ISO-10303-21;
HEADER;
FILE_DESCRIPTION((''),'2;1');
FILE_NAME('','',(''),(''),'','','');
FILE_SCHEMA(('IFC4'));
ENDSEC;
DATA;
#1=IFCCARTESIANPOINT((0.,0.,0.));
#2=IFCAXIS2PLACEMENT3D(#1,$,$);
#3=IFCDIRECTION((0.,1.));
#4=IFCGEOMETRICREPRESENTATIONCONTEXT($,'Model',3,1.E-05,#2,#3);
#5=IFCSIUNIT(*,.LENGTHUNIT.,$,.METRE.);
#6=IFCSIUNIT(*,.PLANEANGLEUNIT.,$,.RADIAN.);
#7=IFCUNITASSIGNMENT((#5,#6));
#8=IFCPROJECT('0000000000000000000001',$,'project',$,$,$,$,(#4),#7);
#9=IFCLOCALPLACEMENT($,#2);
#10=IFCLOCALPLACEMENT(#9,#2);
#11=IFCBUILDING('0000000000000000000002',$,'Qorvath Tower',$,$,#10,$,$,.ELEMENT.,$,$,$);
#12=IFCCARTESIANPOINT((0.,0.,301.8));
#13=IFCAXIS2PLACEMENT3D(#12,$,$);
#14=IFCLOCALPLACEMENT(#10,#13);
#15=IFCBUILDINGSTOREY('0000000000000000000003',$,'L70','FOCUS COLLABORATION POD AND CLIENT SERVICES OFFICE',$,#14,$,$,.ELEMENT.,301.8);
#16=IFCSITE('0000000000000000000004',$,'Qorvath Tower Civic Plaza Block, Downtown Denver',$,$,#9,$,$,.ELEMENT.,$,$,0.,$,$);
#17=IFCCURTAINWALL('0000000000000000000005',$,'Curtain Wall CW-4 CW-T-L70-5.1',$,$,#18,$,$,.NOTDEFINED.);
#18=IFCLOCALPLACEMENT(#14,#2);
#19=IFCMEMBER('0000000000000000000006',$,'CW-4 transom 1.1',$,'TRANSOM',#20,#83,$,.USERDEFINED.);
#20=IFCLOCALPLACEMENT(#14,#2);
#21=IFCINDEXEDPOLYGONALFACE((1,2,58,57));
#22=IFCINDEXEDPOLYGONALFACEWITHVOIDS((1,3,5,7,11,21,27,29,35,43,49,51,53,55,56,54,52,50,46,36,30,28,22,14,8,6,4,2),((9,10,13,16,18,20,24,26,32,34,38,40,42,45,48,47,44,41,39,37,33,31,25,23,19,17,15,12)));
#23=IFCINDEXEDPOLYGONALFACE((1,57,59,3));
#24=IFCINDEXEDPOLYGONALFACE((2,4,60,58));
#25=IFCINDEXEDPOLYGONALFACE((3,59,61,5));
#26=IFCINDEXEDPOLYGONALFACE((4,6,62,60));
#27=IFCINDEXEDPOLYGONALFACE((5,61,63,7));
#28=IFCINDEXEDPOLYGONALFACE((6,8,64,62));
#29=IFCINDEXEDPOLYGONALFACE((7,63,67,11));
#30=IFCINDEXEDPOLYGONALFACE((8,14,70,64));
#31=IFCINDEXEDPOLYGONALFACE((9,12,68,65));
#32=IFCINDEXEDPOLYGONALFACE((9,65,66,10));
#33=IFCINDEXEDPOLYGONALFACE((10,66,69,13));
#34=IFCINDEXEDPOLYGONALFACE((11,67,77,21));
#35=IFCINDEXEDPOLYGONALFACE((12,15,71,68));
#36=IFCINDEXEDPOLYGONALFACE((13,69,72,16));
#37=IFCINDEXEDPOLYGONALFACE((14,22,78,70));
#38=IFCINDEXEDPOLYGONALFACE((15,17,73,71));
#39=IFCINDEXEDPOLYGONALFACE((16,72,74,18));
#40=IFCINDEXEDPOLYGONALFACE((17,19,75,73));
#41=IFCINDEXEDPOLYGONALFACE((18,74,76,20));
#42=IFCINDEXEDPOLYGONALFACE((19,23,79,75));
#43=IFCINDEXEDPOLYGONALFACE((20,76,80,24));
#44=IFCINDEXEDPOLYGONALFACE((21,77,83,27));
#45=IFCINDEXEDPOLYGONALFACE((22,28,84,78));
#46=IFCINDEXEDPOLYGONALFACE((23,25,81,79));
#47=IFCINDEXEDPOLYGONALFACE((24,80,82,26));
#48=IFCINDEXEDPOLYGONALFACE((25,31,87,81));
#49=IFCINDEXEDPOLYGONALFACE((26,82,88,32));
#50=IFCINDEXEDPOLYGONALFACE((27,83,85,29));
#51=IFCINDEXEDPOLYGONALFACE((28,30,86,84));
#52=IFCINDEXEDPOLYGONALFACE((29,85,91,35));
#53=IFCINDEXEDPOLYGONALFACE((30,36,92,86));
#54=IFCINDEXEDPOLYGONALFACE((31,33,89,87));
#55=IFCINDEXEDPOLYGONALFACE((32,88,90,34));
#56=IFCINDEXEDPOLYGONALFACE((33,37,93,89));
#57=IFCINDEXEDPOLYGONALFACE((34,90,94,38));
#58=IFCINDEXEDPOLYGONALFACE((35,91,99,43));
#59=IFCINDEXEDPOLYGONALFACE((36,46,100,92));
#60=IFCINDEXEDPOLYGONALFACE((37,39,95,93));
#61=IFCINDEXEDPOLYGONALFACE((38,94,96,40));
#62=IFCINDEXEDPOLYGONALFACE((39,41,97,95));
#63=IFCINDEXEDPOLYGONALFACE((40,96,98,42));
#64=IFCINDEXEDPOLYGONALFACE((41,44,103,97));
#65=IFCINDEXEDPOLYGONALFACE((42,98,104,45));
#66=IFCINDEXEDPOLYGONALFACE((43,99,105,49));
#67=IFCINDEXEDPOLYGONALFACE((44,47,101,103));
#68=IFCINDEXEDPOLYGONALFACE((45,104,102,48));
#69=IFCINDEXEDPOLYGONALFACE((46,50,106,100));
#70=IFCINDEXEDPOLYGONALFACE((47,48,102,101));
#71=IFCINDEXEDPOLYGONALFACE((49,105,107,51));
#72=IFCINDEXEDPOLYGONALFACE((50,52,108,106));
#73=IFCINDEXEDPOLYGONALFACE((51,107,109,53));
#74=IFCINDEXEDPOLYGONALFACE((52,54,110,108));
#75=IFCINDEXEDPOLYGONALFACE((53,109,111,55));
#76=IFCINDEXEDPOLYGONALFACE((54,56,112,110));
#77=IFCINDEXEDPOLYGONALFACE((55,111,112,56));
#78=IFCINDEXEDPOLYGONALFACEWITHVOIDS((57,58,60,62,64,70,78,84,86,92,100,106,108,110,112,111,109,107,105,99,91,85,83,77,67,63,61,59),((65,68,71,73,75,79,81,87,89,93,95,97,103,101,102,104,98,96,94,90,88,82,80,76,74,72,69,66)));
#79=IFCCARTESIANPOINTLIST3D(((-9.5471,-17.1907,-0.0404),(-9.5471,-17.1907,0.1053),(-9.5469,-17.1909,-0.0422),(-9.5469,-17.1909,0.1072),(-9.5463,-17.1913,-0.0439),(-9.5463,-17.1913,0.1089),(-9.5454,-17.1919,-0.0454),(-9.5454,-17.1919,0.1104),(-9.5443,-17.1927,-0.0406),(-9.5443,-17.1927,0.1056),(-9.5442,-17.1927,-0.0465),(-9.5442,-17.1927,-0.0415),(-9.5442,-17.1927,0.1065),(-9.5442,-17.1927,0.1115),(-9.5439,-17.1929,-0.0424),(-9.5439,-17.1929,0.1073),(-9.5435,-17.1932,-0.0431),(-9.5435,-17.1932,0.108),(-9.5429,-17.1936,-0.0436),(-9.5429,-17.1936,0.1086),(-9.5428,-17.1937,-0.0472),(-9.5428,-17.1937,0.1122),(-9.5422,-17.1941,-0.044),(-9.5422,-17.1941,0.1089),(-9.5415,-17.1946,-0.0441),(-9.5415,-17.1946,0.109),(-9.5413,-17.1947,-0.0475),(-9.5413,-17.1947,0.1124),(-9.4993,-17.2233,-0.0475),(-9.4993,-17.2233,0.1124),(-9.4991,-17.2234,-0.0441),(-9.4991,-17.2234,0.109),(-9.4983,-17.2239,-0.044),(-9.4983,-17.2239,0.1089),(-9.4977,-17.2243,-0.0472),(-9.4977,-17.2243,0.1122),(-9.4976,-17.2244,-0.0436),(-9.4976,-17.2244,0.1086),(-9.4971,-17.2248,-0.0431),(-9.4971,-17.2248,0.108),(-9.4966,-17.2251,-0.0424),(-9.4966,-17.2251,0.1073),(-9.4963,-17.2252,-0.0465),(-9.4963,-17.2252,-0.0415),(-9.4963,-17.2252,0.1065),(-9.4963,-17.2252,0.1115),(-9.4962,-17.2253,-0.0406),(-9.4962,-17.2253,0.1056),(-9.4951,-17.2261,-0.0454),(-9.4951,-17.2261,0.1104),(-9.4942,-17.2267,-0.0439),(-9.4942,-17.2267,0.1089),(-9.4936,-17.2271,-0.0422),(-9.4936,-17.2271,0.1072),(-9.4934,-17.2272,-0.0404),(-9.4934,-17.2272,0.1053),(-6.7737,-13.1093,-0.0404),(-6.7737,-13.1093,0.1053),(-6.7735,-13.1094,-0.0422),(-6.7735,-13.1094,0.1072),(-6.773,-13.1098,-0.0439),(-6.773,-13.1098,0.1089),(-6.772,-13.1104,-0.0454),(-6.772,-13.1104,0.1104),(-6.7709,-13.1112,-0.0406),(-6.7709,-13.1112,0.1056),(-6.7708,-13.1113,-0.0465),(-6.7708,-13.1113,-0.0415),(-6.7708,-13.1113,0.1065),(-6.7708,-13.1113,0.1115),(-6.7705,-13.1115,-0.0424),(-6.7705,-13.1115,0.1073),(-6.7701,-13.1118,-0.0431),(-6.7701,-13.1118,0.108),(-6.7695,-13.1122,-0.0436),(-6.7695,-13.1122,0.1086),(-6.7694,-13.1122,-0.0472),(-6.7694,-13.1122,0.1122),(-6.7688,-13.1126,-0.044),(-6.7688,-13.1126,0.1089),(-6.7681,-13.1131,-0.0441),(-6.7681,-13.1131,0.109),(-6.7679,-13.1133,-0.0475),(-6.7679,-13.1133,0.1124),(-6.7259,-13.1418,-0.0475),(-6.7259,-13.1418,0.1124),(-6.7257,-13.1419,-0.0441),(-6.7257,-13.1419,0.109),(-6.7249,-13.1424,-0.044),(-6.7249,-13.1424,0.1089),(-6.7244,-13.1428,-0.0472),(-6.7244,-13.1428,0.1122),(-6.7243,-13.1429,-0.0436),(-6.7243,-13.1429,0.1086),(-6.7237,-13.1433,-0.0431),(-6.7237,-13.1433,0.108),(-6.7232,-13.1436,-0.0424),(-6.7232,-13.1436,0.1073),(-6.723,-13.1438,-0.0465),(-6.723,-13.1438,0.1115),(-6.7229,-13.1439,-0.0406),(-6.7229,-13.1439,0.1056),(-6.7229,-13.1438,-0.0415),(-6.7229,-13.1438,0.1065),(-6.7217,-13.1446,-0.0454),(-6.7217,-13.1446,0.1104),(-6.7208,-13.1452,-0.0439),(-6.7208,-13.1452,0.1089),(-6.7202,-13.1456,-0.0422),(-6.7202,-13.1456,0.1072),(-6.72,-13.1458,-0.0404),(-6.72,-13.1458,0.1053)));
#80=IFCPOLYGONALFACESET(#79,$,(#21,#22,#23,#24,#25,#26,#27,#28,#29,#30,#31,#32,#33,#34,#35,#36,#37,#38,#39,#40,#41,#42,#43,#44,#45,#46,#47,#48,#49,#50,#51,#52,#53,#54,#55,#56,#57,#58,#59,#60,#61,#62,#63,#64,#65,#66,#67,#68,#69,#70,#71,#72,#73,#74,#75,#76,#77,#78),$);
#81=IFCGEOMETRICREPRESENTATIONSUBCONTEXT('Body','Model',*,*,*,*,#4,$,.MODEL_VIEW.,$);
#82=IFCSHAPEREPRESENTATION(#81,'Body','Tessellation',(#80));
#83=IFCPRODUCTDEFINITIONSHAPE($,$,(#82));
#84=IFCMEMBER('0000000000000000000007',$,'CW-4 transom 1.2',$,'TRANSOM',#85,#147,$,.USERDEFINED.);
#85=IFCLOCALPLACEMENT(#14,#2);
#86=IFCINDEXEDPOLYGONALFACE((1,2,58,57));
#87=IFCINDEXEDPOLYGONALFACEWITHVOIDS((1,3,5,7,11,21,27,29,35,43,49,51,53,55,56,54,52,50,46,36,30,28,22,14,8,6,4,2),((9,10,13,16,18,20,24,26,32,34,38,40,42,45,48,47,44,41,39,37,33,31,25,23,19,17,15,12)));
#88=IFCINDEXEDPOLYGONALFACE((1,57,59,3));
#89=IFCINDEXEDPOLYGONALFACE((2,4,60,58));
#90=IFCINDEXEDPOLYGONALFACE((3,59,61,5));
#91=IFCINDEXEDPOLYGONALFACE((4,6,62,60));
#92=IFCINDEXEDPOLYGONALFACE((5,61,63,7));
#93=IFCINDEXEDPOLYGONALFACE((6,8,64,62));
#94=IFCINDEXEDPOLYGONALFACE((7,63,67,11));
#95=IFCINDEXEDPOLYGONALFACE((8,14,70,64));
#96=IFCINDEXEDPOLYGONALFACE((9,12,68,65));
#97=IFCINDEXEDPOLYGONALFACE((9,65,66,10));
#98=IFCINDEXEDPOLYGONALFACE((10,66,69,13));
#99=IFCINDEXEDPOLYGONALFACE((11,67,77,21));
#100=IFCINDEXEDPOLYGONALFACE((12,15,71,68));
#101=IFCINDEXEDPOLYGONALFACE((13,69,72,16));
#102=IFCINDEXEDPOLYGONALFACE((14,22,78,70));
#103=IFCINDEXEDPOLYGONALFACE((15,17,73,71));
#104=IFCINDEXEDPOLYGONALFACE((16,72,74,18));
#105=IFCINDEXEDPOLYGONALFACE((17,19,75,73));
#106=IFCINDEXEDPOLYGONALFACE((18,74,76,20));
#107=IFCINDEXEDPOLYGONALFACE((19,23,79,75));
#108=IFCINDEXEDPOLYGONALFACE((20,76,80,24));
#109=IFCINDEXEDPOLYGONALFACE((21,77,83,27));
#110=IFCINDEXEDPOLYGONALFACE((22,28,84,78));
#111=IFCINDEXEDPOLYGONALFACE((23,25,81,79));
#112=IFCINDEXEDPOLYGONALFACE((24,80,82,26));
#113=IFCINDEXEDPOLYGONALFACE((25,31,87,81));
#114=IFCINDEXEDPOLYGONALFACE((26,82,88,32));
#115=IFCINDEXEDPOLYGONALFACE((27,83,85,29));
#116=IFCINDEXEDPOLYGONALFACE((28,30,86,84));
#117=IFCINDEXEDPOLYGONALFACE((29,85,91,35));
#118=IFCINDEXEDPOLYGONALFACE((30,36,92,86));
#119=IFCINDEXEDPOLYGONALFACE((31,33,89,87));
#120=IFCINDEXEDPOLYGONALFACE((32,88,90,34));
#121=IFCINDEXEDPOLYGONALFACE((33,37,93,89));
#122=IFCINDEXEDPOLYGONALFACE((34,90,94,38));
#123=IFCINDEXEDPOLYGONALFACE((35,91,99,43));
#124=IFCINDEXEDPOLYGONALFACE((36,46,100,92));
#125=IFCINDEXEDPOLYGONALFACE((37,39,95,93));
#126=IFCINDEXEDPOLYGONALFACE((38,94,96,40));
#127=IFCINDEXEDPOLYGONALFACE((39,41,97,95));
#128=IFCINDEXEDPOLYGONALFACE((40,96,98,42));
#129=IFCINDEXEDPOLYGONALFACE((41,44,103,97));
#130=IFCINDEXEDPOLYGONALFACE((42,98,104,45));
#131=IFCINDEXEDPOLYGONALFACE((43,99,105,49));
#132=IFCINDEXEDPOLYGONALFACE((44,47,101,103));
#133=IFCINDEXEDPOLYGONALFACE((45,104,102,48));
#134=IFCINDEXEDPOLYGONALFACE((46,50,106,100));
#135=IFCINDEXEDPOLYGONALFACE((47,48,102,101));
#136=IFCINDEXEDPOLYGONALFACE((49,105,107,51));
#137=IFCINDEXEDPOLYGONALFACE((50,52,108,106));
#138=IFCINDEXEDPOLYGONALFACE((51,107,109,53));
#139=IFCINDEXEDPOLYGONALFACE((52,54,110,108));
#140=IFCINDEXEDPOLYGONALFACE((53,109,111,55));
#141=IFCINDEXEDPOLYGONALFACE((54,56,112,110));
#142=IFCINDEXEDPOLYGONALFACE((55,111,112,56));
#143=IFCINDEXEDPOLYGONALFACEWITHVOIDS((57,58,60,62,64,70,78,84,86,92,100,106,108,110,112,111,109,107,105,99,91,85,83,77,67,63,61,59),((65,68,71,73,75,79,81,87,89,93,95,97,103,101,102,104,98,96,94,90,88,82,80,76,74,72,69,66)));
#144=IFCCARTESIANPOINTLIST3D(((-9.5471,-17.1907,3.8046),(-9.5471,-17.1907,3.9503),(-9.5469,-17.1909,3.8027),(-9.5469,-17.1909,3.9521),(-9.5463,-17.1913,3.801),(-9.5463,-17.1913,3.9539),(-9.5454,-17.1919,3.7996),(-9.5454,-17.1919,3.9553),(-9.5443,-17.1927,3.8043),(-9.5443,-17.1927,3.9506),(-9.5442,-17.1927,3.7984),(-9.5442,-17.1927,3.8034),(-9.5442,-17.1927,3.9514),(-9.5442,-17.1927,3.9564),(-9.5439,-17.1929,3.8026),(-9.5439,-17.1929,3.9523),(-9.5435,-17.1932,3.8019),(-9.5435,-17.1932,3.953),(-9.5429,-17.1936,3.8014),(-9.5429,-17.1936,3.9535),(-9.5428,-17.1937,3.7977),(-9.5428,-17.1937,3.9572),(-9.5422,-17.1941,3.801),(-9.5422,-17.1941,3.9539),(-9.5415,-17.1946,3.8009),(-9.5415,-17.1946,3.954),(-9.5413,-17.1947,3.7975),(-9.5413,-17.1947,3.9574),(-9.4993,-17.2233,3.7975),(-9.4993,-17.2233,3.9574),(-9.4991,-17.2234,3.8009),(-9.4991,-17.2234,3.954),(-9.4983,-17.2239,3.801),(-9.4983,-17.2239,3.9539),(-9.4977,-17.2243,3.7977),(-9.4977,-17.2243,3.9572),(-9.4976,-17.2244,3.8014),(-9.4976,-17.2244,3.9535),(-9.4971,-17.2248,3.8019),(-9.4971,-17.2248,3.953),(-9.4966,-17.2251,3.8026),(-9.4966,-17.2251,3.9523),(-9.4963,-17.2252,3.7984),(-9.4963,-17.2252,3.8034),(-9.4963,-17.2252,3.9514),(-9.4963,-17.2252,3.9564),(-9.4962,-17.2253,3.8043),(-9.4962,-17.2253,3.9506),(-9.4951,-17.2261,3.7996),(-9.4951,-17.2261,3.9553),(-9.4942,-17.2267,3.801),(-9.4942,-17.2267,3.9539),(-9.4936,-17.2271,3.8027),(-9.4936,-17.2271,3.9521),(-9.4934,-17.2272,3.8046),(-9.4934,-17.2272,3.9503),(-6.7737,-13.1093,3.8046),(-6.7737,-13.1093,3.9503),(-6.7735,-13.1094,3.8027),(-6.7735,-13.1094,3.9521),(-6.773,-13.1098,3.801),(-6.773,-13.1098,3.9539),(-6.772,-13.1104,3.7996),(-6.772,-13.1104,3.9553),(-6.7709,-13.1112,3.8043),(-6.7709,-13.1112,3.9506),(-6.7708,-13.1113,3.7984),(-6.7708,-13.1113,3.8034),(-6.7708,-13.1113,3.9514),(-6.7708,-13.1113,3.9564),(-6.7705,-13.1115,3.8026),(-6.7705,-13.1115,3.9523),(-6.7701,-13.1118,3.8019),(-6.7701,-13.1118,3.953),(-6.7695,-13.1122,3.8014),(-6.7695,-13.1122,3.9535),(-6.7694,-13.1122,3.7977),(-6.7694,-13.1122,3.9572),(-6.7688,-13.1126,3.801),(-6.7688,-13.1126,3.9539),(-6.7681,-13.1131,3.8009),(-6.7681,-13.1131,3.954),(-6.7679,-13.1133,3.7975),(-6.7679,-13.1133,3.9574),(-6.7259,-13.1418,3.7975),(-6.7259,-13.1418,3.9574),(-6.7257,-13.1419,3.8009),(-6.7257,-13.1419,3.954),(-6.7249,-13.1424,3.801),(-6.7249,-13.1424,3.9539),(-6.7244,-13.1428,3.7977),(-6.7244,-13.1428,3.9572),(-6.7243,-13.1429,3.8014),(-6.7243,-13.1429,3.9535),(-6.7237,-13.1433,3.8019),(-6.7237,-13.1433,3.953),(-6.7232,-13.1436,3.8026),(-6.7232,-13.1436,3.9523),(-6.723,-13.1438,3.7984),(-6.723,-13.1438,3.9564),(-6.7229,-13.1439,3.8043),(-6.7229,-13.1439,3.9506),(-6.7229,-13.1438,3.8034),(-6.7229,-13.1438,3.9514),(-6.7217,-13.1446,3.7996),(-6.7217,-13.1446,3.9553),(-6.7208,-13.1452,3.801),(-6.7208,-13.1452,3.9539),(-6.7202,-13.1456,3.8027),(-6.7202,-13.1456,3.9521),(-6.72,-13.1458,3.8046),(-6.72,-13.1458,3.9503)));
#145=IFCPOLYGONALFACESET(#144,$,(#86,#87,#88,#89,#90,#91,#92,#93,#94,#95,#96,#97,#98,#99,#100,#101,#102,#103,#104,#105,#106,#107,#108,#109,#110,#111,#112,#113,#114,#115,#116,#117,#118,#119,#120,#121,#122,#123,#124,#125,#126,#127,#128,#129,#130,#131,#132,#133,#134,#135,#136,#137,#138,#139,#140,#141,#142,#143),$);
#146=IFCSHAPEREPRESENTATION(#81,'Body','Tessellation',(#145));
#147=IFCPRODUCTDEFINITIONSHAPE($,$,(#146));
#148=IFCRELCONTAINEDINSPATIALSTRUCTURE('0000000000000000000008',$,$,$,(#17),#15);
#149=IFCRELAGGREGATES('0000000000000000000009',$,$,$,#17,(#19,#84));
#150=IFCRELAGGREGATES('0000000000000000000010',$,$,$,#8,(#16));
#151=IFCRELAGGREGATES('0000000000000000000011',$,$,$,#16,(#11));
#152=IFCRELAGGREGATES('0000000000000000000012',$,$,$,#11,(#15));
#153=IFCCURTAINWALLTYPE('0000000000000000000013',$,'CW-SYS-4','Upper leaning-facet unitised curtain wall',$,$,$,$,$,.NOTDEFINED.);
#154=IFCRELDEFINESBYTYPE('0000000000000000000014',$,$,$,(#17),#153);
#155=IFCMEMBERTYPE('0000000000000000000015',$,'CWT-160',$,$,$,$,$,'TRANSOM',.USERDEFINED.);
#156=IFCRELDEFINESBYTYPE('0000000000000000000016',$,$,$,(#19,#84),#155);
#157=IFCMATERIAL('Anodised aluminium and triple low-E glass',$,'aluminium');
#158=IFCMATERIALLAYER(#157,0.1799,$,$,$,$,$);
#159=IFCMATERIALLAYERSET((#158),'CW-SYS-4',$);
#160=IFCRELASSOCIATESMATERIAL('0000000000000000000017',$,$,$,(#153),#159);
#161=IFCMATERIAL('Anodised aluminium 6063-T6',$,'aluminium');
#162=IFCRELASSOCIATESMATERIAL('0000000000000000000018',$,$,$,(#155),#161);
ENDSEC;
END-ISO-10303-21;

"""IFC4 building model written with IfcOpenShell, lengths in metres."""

from ifc_helpers import new_model, si_unit, direction, frame, origin, origin_2d, place, context, subcontext, project, spatial, hollow_rectangle, extrude, material, layer, layer_set, material_profile, profile_set, type_object, element, aggregate, save


model = new_model("IFC4")

# Units and contexts
model_context = context("Model", 3, precision=1e-05, world=origin(), true_north=direction((0.0, 1.0)))
body_context = subcontext(model_context, "Body", "Model", "MODEL_VIEW")
ifc_project = project(units=[si_unit("LENGTHUNIT", "METRE"), si_unit("PLANEANGLEUNIT", "RADIAN")], contexts=[model_context])

# Site, building, storey
site_placement = place(None, origin())
site = spatial("IfcSite", under=ifc_project, at=site_placement, Name="Qorvath Tower Civic Plaza Block, Downtown Denver", CompositionType="ELEMENT", RefElevation=0.0)
building_placement = place(site_placement, origin())
building = spatial("IfcBuilding", under=site, at=building_placement, Name="Qorvath Tower", CompositionType="ELEMENT")
storey_placement = place(building_placement, frame((0.0, 0.0, 301.8)))
storey = spatial("IfcBuildingStorey", under=building, at=storey_placement, Name="L70", Description="FOCUS COLLABORATION POD AND CLIENT SERVICES OFFICE", CompositionType="ELEMENT", Elevation=301.8)

# Shared definitions
ifc_material_1 = material(Name="Anodised aluminium and triple low-E glass", Category="aluminium")
ifc_layer_1 = layer(ifc_material_1, 0.1799)
ifc_layer_set_1 = layer_set([ifc_layer_1], Name="CW-SYS-4")
curtain_wall_type = type_object("IfcCurtainWallType", Name="CW-SYS-4", Description="Upper leaning-facet unitised curtain wall", PredefinedType="NOTDEFINED", material=ifc_layer_set_1)

# Curtain wall
curtain_wall_1_placement = place(storey_placement, origin())
curtain_wall_1 = element("IfcCurtainWall", 1, at=curtain_wall_1_placement, inside=storey, type_object=curtain_wall_type, Name="Curtain Wall CW-4 CW-T-L70-5.1", PredefinedType="NOTDEFINED")

# Members
ifc_material_2 = material(Name="Anodised aluminium 6063-T6", Category="aluminium")
ifc_material_profile_1 = material_profile(ifc_material_2, hollow_rectangle(XDim=0.0649, YDim=0.1599, WallThickness=0.0034, InnerFilletRadius=0.0034, OuterFilletRadius=0.0071, at=origin_2d()), Name="CWT 160x65")
ifc_profile_set_1 = profile_set([ifc_material_profile_1], Name="Anodised aluminium 6063-T6")
member_type_1 = type_object("IfcMemberType", Name="CWT-160", ElementType="TRANSOM", PredefinedType="USERDEFINED", material=ifc_profile_set_1)
member_1_placement = place(storey_placement, frame((-9.5203, -17.209, 0.0325), z_axis=(0.562031, 0.827116, 0.0), x_axis=(-0.827116, 0.562031, 0.0)))
member_1 = element("IfcMember", 2, at=member_1_placement, type_object=member_type_1, Name="CW-4 transom 1.1", ObjectType="TRANSOM", PredefinedType="USERDEFINED", context=body_context, shape_type="SweptSolid", body=[
    extrude(hollow_rectangle(XDim=0.0649, YDim=0.1599, WallThickness=0.0034, InnerFilletRadius=0.0034, OuterFilletRadius=0.0071, at=origin_2d()), origin(), (0.0, 0.0, 1.0), 4.9346),
])
member_2_placement = place(storey_placement, frame((-9.5203, -17.209, 3.8774), z_axis=(0.562031, 0.827116, 0.0), x_axis=(-0.827116, 0.562031, 0.0)))
member_2 = element("IfcMember", 3, at=member_2_placement, type_object=member_type_1, Name="CW-4 transom 1.2", ObjectType="TRANSOM", PredefinedType="USERDEFINED", context=body_context, shape_type="SweptSolid", body=[
    extrude(hollow_rectangle(XDim=0.0649, YDim=0.1599, WallThickness=0.0034, InnerFilletRadius=0.0034, OuterFilletRadius=0.0071, at=origin_2d()), origin(), (0.0, 0.0, 1.0), 4.9346),
])

aggregate(curtain_wall_1, [member_1, member_2])

save(model, "model.ifc")
